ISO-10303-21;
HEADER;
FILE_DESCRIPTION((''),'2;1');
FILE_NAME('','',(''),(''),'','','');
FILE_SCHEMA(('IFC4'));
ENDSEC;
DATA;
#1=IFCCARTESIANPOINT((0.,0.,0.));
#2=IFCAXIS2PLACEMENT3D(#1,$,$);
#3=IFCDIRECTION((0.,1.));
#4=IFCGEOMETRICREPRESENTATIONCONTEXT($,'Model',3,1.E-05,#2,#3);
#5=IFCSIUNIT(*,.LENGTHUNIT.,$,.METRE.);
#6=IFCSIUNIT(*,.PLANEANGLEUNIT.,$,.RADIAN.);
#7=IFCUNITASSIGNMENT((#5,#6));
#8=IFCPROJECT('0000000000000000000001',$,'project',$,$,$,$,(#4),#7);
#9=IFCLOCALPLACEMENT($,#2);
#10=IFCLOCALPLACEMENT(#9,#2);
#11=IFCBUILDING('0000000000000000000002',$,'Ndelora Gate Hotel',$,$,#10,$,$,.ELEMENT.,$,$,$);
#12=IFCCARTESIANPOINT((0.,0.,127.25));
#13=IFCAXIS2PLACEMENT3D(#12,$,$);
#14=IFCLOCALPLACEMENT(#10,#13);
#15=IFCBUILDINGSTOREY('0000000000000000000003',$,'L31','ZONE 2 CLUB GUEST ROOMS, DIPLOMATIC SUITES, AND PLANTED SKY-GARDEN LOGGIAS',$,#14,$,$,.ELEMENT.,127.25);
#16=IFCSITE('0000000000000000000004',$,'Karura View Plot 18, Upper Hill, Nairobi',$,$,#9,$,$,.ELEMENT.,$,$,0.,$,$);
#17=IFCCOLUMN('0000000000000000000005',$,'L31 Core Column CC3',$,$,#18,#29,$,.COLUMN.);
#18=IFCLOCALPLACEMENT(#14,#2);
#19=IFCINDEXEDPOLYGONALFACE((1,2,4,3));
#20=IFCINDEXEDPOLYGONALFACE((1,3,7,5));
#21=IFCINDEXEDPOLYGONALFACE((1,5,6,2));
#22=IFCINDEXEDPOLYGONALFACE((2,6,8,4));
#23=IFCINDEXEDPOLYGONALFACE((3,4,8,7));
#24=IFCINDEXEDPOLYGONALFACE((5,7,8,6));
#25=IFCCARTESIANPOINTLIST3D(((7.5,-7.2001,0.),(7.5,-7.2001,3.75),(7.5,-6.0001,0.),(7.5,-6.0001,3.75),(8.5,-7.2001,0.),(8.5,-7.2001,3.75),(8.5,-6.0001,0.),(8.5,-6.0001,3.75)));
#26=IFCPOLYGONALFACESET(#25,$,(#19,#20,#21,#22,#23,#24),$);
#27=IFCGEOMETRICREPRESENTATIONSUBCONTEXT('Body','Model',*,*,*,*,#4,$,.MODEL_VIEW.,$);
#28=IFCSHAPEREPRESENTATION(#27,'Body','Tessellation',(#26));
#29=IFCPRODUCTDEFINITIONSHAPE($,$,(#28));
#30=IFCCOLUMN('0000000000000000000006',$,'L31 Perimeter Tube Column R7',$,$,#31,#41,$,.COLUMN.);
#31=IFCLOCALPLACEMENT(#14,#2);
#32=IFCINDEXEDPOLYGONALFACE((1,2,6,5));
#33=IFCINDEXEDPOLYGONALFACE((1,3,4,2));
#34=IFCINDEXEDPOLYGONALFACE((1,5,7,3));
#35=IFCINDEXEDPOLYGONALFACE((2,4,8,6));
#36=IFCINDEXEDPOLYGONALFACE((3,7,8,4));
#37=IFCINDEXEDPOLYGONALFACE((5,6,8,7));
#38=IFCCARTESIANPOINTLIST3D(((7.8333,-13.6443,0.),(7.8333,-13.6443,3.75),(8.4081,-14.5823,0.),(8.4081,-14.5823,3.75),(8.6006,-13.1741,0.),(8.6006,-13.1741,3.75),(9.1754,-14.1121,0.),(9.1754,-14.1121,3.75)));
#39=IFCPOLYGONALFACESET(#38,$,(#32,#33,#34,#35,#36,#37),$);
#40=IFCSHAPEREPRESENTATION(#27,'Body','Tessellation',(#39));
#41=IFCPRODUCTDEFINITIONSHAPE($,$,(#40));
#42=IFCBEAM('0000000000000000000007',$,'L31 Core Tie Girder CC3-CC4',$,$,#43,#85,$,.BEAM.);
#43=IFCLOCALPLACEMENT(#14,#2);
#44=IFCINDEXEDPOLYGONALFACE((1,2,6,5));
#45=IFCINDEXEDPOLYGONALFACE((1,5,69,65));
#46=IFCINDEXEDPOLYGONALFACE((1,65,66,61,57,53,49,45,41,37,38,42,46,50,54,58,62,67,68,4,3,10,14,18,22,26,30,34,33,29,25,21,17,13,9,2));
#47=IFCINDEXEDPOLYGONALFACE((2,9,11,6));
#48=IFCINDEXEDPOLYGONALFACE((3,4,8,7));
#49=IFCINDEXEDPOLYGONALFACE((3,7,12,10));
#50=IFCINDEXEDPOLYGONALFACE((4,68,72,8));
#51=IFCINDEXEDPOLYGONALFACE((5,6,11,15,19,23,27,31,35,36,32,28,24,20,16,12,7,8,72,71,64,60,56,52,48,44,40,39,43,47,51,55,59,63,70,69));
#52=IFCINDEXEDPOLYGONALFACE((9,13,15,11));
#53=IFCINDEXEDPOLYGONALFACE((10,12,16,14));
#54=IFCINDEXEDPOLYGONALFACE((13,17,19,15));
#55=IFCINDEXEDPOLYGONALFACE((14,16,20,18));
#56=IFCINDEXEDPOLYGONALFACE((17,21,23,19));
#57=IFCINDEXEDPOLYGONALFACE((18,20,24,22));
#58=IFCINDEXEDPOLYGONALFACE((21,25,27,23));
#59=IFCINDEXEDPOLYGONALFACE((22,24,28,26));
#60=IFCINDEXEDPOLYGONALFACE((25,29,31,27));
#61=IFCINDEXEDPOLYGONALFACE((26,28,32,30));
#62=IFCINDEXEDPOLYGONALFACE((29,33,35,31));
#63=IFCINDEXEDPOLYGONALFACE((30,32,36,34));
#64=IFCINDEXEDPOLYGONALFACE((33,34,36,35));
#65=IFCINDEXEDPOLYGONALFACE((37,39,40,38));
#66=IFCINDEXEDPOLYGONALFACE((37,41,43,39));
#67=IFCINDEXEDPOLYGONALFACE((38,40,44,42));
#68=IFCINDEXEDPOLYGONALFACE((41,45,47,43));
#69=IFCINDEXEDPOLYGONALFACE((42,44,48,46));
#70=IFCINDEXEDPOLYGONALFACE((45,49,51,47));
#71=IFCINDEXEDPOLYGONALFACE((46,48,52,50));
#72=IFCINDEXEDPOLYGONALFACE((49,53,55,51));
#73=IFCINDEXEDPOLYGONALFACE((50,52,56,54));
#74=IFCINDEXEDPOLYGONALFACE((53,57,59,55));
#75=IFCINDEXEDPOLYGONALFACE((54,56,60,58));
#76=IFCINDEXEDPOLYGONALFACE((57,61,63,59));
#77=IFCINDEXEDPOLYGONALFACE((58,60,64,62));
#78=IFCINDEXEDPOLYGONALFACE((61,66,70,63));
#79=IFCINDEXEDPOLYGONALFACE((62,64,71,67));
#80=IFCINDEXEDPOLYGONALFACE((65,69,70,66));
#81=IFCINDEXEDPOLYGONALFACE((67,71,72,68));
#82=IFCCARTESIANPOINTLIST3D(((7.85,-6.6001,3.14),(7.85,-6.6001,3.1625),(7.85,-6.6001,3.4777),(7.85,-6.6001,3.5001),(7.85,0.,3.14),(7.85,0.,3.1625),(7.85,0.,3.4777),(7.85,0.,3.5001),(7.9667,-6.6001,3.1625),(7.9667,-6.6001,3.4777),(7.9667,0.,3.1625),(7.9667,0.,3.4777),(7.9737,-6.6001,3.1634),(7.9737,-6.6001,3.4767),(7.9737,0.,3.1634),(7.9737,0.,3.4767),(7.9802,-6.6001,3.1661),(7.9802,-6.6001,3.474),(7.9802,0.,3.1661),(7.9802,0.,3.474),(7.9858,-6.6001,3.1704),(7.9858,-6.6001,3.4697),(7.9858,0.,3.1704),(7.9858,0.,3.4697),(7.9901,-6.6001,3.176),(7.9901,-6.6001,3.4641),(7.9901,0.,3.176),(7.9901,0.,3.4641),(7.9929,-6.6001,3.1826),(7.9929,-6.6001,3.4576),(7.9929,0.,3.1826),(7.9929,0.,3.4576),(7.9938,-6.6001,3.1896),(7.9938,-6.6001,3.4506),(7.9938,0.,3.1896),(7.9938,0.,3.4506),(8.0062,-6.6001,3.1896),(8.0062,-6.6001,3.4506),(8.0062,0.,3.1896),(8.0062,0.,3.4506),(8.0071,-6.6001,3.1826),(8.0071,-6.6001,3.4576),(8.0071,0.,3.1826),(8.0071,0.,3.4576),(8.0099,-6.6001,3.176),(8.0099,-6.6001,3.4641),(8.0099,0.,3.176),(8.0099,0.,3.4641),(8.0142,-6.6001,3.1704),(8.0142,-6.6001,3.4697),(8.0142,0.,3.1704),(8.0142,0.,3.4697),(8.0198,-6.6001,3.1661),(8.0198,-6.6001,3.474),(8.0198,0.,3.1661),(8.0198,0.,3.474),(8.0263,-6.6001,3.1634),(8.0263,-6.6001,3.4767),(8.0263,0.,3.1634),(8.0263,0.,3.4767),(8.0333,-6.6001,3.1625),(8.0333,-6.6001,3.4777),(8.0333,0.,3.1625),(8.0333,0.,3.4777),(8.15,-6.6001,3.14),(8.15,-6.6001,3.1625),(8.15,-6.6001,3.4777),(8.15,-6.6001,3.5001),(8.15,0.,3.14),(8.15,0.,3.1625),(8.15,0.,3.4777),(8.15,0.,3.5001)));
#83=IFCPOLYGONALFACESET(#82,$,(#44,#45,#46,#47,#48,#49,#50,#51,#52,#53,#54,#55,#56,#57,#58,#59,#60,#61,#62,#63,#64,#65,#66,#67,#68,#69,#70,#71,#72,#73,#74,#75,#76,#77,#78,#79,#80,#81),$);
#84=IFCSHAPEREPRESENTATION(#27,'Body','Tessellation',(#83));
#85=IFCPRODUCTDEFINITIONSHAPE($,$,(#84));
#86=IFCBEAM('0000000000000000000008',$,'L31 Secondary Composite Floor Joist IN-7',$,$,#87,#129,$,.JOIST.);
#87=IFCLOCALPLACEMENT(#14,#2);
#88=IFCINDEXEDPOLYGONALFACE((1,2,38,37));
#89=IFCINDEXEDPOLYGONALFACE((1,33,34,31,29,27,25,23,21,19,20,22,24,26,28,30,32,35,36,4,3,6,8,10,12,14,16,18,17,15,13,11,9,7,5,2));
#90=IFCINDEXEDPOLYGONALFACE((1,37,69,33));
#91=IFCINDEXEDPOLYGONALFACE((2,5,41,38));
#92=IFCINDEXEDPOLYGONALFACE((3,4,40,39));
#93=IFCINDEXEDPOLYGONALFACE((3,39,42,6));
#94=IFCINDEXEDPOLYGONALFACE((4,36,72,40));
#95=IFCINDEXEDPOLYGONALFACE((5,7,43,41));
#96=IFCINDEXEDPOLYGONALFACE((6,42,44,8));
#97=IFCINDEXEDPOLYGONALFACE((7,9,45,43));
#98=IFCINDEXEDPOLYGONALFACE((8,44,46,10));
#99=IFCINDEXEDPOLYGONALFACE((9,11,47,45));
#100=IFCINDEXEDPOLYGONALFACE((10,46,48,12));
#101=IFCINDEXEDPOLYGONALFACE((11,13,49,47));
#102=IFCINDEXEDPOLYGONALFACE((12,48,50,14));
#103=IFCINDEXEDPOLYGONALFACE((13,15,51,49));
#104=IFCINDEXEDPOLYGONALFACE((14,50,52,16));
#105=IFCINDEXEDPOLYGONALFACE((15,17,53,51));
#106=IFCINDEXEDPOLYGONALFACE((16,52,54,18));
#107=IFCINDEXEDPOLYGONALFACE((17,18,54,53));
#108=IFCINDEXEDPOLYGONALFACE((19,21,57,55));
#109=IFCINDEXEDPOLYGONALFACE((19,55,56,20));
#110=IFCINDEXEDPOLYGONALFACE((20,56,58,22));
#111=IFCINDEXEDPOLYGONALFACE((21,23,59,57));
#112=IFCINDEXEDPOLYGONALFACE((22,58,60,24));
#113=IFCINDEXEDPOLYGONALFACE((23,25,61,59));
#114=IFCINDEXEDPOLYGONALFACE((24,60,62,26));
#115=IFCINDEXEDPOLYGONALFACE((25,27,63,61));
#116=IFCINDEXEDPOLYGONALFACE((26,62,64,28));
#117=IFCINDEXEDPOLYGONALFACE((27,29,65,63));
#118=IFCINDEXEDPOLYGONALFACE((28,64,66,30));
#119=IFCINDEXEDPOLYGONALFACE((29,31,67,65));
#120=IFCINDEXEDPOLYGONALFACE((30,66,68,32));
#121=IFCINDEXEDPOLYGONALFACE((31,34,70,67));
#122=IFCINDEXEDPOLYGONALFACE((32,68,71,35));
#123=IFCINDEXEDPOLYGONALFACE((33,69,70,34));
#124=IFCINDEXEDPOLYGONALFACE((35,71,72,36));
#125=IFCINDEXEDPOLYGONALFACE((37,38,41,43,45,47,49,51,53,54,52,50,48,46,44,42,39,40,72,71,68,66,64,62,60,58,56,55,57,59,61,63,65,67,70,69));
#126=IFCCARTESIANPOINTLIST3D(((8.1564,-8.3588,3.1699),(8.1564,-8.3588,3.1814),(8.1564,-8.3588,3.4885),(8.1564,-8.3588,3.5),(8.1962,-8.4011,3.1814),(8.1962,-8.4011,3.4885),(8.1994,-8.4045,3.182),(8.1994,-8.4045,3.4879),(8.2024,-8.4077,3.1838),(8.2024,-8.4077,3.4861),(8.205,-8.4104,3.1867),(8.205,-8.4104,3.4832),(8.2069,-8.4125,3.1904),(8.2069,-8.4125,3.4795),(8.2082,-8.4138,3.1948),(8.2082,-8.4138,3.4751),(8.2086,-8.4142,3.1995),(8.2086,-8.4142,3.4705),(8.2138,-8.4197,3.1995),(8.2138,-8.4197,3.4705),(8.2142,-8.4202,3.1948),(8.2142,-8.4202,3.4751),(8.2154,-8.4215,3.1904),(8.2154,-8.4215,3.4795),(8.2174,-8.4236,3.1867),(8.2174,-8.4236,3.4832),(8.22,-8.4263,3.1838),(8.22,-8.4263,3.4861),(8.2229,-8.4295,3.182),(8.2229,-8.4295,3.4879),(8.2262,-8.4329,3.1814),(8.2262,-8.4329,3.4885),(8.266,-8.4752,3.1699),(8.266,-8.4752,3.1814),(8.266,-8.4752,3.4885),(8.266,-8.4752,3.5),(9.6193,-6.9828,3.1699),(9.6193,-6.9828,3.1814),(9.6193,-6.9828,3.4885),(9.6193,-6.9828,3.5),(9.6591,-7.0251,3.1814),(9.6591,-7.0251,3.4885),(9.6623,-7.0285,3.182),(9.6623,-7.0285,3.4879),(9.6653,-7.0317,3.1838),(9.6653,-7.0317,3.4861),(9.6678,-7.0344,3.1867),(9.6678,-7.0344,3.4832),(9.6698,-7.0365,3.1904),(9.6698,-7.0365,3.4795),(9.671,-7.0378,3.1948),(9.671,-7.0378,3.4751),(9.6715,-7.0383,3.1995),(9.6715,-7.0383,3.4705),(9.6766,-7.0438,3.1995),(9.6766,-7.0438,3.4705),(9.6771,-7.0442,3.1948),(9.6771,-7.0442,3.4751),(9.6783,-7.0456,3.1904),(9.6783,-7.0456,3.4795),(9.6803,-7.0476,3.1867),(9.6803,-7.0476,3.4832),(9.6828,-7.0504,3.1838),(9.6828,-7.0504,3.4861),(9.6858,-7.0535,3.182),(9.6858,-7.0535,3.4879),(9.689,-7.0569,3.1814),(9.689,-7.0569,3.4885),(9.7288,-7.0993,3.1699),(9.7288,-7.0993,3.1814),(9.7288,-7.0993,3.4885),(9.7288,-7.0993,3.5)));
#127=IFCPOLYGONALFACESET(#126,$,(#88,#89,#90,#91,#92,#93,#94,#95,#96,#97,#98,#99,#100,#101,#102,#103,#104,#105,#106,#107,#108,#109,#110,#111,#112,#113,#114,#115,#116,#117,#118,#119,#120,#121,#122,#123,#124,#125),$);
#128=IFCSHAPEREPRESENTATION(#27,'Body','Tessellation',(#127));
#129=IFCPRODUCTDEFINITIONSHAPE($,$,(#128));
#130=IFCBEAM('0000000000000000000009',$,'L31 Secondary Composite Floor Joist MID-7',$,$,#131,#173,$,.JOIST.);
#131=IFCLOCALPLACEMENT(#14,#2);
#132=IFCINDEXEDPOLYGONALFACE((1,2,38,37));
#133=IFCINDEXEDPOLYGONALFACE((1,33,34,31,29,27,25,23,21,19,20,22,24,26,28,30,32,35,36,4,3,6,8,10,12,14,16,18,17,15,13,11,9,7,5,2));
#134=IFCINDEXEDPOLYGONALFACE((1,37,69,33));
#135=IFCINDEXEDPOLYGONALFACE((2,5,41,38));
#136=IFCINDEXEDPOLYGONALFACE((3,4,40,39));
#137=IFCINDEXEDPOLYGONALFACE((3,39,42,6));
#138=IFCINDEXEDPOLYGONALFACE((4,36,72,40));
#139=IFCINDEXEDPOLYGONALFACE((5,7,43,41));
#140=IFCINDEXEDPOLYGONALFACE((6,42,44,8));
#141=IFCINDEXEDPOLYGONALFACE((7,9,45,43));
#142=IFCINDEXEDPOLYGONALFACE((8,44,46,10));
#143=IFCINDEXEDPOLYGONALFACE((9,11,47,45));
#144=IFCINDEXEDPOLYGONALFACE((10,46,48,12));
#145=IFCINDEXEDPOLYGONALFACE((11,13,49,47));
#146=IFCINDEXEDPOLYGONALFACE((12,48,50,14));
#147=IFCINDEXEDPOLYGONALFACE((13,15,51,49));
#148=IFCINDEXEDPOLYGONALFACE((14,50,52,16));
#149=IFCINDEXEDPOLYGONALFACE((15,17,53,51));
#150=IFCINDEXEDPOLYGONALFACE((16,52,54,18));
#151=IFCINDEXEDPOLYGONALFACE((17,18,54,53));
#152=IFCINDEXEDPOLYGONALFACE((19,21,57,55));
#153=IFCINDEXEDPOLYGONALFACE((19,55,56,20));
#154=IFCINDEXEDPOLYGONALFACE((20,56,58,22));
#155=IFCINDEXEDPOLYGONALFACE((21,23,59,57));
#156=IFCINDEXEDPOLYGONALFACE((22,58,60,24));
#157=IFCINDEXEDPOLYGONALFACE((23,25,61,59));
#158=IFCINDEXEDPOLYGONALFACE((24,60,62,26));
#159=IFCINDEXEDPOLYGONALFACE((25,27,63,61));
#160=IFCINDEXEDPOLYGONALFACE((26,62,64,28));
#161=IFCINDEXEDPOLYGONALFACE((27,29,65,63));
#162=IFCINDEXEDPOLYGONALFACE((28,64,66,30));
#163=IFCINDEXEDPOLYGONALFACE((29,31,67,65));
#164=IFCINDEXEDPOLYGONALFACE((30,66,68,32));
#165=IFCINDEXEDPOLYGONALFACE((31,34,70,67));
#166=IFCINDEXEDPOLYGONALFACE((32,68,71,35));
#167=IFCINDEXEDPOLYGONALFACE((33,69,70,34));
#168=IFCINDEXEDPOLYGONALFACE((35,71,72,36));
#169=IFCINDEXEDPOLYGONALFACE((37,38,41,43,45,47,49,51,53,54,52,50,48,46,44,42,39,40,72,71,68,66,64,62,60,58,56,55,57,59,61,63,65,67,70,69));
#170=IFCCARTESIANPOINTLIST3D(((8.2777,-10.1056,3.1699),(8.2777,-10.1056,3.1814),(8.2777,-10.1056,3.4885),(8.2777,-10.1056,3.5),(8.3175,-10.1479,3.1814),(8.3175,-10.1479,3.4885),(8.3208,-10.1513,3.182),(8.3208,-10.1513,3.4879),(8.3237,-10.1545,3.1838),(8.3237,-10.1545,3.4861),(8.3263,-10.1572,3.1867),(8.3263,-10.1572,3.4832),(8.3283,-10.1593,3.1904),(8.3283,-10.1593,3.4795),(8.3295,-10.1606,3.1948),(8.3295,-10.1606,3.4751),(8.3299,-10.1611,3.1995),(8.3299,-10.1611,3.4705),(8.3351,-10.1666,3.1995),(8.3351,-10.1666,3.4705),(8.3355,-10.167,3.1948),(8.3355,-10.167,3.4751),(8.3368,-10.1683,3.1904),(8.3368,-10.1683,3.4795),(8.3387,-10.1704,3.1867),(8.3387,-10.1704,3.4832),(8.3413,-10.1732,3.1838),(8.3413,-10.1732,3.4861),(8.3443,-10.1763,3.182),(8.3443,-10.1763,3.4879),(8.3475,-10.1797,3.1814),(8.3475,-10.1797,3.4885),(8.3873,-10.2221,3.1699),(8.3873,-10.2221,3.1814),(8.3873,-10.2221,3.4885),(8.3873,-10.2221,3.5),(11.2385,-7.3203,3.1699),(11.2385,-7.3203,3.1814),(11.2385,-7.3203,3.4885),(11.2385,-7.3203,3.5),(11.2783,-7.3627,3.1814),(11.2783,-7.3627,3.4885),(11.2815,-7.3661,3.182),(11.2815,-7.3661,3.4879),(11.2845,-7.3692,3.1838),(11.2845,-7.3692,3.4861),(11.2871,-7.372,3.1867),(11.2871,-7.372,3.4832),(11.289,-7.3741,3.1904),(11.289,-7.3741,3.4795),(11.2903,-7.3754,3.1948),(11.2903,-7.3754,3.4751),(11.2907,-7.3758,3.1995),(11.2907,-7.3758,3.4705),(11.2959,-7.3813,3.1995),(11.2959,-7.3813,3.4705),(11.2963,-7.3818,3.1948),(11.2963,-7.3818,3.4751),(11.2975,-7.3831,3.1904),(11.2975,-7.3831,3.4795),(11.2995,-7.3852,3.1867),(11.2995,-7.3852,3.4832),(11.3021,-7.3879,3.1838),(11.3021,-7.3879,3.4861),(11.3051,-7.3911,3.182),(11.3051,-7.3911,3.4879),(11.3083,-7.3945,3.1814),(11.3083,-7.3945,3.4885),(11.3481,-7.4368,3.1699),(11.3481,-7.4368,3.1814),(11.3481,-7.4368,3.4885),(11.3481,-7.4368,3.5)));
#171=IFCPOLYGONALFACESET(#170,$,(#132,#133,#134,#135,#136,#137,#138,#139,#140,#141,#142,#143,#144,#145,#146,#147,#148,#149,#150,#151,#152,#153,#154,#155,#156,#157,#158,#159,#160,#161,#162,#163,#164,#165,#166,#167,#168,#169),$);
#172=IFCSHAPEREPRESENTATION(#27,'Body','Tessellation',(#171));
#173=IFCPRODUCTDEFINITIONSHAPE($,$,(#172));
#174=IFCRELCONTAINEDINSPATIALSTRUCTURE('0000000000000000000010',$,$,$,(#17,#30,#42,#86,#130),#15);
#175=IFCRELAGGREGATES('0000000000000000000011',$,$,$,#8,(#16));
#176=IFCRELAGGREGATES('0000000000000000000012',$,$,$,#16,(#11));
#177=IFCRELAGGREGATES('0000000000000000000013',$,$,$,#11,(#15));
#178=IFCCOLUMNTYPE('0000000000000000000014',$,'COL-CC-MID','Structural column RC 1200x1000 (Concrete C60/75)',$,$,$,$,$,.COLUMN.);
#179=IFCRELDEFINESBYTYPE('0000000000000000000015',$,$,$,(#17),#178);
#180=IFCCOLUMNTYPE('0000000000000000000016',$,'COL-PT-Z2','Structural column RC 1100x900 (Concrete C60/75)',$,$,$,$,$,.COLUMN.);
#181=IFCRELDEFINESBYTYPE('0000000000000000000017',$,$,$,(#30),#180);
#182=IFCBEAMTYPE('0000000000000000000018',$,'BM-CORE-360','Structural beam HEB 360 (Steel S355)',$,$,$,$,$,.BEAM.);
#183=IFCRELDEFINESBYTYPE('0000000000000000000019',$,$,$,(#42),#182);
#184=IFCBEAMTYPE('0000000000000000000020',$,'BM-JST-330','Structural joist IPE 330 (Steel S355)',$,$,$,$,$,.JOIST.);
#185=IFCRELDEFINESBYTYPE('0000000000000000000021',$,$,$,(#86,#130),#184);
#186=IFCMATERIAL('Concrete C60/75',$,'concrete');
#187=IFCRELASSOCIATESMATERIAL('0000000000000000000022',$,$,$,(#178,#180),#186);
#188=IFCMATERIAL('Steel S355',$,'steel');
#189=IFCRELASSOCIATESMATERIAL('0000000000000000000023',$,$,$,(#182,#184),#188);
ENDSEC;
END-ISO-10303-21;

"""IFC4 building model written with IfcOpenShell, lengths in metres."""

from ifc_helpers import new_model, si_unit, direction, frame, origin, origin_2d, place, context, subcontext, project, spatial, rectangle, i_section, extrude, material, material_profile, profile_set, type_object, element, save


model = new_model("IFC4")

# Units and contexts
model_context = context("Model", 3, precision=1e-05, world=origin(), true_north=direction((0.0, 1.0)))
body_context = subcontext(model_context, "Body", "Model", "MODEL_VIEW")
ifc_project = project(units=[si_unit("LENGTHUNIT", "METRE"), si_unit("PLANEANGLEUNIT", "RADIAN")], contexts=[model_context])

# Site, building, storey
site_placement = place(None, origin())
site = spatial("IfcSite", under=ifc_project, at=site_placement, Name="Karura View Plot 18, Upper Hill, Nairobi", CompositionType="ELEMENT", RefElevation=0.0)
building_placement = place(site_placement, origin())
building = spatial("IfcBuilding", under=site, at=building_placement, Name="Ndelora Gate Hotel", CompositionType="ELEMENT")
storey_placement = place(building_placement, frame((0.0, 0.0, 127.25)))
storey = spatial("IfcBuildingStorey", under=building, at=storey_placement, Name="L31", Description="ZONE 2 CLUB GUEST ROOMS, DIPLOMATIC SUITES, AND PLANTED SKY-GARDEN LOGGIAS", CompositionType="ELEMENT", Elevation=127.25)

# Columns
ifc_material_1 = material(Name="Concrete C60/75", Category="concrete")
ifc_material_profile_1 = material_profile(ifc_material_1, rectangle(XDim=1.0, YDim=1.2, at=origin_2d()), Name="RC 1200x1000")
ifc_profile_set_1 = profile_set([ifc_material_profile_1], Name="Concrete C60/75")
column_type_1 = type_object("IfcColumnType", Name="COL-CC-MID", Description="Structural column RC 1200x1000 (Concrete C60/75)", PredefinedType="COLUMN", material=ifc_profile_set_1)
column_1_placement = place(storey_placement, frame((8.0, -6.6001, 0.0), z_axis=(0.0, 0.0, 1.0), x_axis=(1.0, 0.0, 0.0)))
element("IfcColumn", 1, at=column_1_placement, inside=storey, type_object=column_type_1, Name="L31 Core Column CC3", PredefinedType="COLUMN", context=body_context, shape_type="SweptSolid", body=[
    extrude(rectangle(XDim=1.0, YDim=1.2, at=origin_2d()), origin(), (0.0, 0.0, 1.0), 3.75),
])
ifc_material_profile_2 = material_profile(ifc_material_1, rectangle(XDim=0.8999, YDim=1.1001, at=origin_2d()), Name="RC 1100x900")
ifc_profile_set_2 = profile_set([ifc_material_profile_2], Name="Concrete C60/75")
column_type_2 = type_object("IfcColumnType", Name="COL-PT-Z2", Description="Structural column RC 1100x900 (Concrete C60/75)", PredefinedType="COLUMN", material=ifc_profile_set_2)
column_2_placement = place(storey_placement, frame((8.5044, -13.8782, 0.0), z_axis=(0.0, 0.0, 1.0), x_axis=(0.85264, 0.522499, 0.0)))
element("IfcColumn", 2, at=column_2_placement, inside=storey, type_object=column_type_2, Name="L31 Perimeter Tube Column R7", PredefinedType="COLUMN", context=body_context, shape_type="SweptSolid", body=[
    extrude(rectangle(XDim=0.8999, YDim=1.1001, at=origin_2d()), origin(), (0.0, 0.0, 1.0), 3.75),
])

# Beams
ifc_material_2 = material(Name="Steel S355", Category="steel")
ifc_material_profile_3 = material_profile(ifc_material_2, i_section(OverallWidth=0.3, OverallDepth=0.3601, WebThickness=0.0125, FlangeThickness=0.0225, FilletRadius=0.0271, at=origin_2d()), Name="HEB 360")
ifc_profile_set_3 = profile_set([ifc_material_profile_3], Name="Steel S355")
beam_type_1 = type_object("IfcBeamType", Name="BM-CORE-360", Description="Structural beam HEB 360 (Steel S355)", PredefinedType="BEAM", material=ifc_profile_set_3)
beam_1_placement = place(storey_placement, frame((8.0, -6.6001, 3.3201), z_axis=(0.0, 1.0, 0.0), x_axis=(-1.0, 0.0, 0.0)))
element("IfcBeam", 3, at=beam_1_placement, inside=storey, type_object=beam_type_1, Name="L31 Core Tie Girder CC3-CC4", PredefinedType="BEAM", context=body_context, shape_type="SweptSolid", body=[
    extrude(i_section(OverallWidth=0.3, OverallDepth=0.3601, WebThickness=0.0125, FlangeThickness=0.0225, FilletRadius=0.0271, at=origin_2d()), origin(), (0.0, 0.0, 1.0), 6.6001),
])
ifc_material_profile_4 = material_profile(ifc_material_2, i_section(OverallWidth=0.1599, OverallDepth=0.3301, WebThickness=0.0076, FlangeThickness=0.0115, FilletRadius=0.0181, at=origin_2d()), Name="IPE 330")
ifc_profile_set_4 = profile_set([ifc_material_profile_4], Name="Steel S355")
beam_type_2 = type_object("IfcBeamType", Name="BM-JST-330", Description="Structural joist IPE 330 (Steel S355)", PredefinedType="JOIST", material=ifc_profile_set_4)
beam_2_placement = place(storey_placement, frame((8.2112, -8.417, 3.335), z_axis=(0.728414, 0.685137, 0.0), x_axis=(-0.685137, 0.728414, 0.0)))
element("IfcBeam", 4, at=beam_2_placement, inside=storey, type_object=beam_type_2, Name="L31 Secondary Composite Floor Joist IN-7", PredefinedType="JOIST", context=body_context, shape_type="SweptSolid", body=[
    extrude(i_section(OverallWidth=0.1599, OverallDepth=0.3301, WebThickness=0.0076, FlangeThickness=0.0115, FilletRadius=0.0181, at=origin_2d()), origin(), (0.0, 0.0, 1.0), 2.0083),
])
beam_3_placement = place(storey_placement, frame((8.3325, -10.1638, 3.335), z_axis=(0.728369, 0.685185, 0.0), x_axis=(-0.685185, 0.728369, 0.0)))
element("IfcBeam", 5, at=beam_3_placement, inside=storey, type_object=beam_type_2, Name="L31 Secondary Composite Floor Joist MID-7", PredefinedType="JOIST", context=body_context, shape_type="SweptSolid", body=[
    extrude(i_section(OverallWidth=0.1599, OverallDepth=0.3301, WebThickness=0.0076, FlangeThickness=0.0115, FilletRadius=0.0181, at=origin_2d()), origin(), (0.0, 0.0, 1.0), 4.0649),
])

save(model, "model.ifc")
